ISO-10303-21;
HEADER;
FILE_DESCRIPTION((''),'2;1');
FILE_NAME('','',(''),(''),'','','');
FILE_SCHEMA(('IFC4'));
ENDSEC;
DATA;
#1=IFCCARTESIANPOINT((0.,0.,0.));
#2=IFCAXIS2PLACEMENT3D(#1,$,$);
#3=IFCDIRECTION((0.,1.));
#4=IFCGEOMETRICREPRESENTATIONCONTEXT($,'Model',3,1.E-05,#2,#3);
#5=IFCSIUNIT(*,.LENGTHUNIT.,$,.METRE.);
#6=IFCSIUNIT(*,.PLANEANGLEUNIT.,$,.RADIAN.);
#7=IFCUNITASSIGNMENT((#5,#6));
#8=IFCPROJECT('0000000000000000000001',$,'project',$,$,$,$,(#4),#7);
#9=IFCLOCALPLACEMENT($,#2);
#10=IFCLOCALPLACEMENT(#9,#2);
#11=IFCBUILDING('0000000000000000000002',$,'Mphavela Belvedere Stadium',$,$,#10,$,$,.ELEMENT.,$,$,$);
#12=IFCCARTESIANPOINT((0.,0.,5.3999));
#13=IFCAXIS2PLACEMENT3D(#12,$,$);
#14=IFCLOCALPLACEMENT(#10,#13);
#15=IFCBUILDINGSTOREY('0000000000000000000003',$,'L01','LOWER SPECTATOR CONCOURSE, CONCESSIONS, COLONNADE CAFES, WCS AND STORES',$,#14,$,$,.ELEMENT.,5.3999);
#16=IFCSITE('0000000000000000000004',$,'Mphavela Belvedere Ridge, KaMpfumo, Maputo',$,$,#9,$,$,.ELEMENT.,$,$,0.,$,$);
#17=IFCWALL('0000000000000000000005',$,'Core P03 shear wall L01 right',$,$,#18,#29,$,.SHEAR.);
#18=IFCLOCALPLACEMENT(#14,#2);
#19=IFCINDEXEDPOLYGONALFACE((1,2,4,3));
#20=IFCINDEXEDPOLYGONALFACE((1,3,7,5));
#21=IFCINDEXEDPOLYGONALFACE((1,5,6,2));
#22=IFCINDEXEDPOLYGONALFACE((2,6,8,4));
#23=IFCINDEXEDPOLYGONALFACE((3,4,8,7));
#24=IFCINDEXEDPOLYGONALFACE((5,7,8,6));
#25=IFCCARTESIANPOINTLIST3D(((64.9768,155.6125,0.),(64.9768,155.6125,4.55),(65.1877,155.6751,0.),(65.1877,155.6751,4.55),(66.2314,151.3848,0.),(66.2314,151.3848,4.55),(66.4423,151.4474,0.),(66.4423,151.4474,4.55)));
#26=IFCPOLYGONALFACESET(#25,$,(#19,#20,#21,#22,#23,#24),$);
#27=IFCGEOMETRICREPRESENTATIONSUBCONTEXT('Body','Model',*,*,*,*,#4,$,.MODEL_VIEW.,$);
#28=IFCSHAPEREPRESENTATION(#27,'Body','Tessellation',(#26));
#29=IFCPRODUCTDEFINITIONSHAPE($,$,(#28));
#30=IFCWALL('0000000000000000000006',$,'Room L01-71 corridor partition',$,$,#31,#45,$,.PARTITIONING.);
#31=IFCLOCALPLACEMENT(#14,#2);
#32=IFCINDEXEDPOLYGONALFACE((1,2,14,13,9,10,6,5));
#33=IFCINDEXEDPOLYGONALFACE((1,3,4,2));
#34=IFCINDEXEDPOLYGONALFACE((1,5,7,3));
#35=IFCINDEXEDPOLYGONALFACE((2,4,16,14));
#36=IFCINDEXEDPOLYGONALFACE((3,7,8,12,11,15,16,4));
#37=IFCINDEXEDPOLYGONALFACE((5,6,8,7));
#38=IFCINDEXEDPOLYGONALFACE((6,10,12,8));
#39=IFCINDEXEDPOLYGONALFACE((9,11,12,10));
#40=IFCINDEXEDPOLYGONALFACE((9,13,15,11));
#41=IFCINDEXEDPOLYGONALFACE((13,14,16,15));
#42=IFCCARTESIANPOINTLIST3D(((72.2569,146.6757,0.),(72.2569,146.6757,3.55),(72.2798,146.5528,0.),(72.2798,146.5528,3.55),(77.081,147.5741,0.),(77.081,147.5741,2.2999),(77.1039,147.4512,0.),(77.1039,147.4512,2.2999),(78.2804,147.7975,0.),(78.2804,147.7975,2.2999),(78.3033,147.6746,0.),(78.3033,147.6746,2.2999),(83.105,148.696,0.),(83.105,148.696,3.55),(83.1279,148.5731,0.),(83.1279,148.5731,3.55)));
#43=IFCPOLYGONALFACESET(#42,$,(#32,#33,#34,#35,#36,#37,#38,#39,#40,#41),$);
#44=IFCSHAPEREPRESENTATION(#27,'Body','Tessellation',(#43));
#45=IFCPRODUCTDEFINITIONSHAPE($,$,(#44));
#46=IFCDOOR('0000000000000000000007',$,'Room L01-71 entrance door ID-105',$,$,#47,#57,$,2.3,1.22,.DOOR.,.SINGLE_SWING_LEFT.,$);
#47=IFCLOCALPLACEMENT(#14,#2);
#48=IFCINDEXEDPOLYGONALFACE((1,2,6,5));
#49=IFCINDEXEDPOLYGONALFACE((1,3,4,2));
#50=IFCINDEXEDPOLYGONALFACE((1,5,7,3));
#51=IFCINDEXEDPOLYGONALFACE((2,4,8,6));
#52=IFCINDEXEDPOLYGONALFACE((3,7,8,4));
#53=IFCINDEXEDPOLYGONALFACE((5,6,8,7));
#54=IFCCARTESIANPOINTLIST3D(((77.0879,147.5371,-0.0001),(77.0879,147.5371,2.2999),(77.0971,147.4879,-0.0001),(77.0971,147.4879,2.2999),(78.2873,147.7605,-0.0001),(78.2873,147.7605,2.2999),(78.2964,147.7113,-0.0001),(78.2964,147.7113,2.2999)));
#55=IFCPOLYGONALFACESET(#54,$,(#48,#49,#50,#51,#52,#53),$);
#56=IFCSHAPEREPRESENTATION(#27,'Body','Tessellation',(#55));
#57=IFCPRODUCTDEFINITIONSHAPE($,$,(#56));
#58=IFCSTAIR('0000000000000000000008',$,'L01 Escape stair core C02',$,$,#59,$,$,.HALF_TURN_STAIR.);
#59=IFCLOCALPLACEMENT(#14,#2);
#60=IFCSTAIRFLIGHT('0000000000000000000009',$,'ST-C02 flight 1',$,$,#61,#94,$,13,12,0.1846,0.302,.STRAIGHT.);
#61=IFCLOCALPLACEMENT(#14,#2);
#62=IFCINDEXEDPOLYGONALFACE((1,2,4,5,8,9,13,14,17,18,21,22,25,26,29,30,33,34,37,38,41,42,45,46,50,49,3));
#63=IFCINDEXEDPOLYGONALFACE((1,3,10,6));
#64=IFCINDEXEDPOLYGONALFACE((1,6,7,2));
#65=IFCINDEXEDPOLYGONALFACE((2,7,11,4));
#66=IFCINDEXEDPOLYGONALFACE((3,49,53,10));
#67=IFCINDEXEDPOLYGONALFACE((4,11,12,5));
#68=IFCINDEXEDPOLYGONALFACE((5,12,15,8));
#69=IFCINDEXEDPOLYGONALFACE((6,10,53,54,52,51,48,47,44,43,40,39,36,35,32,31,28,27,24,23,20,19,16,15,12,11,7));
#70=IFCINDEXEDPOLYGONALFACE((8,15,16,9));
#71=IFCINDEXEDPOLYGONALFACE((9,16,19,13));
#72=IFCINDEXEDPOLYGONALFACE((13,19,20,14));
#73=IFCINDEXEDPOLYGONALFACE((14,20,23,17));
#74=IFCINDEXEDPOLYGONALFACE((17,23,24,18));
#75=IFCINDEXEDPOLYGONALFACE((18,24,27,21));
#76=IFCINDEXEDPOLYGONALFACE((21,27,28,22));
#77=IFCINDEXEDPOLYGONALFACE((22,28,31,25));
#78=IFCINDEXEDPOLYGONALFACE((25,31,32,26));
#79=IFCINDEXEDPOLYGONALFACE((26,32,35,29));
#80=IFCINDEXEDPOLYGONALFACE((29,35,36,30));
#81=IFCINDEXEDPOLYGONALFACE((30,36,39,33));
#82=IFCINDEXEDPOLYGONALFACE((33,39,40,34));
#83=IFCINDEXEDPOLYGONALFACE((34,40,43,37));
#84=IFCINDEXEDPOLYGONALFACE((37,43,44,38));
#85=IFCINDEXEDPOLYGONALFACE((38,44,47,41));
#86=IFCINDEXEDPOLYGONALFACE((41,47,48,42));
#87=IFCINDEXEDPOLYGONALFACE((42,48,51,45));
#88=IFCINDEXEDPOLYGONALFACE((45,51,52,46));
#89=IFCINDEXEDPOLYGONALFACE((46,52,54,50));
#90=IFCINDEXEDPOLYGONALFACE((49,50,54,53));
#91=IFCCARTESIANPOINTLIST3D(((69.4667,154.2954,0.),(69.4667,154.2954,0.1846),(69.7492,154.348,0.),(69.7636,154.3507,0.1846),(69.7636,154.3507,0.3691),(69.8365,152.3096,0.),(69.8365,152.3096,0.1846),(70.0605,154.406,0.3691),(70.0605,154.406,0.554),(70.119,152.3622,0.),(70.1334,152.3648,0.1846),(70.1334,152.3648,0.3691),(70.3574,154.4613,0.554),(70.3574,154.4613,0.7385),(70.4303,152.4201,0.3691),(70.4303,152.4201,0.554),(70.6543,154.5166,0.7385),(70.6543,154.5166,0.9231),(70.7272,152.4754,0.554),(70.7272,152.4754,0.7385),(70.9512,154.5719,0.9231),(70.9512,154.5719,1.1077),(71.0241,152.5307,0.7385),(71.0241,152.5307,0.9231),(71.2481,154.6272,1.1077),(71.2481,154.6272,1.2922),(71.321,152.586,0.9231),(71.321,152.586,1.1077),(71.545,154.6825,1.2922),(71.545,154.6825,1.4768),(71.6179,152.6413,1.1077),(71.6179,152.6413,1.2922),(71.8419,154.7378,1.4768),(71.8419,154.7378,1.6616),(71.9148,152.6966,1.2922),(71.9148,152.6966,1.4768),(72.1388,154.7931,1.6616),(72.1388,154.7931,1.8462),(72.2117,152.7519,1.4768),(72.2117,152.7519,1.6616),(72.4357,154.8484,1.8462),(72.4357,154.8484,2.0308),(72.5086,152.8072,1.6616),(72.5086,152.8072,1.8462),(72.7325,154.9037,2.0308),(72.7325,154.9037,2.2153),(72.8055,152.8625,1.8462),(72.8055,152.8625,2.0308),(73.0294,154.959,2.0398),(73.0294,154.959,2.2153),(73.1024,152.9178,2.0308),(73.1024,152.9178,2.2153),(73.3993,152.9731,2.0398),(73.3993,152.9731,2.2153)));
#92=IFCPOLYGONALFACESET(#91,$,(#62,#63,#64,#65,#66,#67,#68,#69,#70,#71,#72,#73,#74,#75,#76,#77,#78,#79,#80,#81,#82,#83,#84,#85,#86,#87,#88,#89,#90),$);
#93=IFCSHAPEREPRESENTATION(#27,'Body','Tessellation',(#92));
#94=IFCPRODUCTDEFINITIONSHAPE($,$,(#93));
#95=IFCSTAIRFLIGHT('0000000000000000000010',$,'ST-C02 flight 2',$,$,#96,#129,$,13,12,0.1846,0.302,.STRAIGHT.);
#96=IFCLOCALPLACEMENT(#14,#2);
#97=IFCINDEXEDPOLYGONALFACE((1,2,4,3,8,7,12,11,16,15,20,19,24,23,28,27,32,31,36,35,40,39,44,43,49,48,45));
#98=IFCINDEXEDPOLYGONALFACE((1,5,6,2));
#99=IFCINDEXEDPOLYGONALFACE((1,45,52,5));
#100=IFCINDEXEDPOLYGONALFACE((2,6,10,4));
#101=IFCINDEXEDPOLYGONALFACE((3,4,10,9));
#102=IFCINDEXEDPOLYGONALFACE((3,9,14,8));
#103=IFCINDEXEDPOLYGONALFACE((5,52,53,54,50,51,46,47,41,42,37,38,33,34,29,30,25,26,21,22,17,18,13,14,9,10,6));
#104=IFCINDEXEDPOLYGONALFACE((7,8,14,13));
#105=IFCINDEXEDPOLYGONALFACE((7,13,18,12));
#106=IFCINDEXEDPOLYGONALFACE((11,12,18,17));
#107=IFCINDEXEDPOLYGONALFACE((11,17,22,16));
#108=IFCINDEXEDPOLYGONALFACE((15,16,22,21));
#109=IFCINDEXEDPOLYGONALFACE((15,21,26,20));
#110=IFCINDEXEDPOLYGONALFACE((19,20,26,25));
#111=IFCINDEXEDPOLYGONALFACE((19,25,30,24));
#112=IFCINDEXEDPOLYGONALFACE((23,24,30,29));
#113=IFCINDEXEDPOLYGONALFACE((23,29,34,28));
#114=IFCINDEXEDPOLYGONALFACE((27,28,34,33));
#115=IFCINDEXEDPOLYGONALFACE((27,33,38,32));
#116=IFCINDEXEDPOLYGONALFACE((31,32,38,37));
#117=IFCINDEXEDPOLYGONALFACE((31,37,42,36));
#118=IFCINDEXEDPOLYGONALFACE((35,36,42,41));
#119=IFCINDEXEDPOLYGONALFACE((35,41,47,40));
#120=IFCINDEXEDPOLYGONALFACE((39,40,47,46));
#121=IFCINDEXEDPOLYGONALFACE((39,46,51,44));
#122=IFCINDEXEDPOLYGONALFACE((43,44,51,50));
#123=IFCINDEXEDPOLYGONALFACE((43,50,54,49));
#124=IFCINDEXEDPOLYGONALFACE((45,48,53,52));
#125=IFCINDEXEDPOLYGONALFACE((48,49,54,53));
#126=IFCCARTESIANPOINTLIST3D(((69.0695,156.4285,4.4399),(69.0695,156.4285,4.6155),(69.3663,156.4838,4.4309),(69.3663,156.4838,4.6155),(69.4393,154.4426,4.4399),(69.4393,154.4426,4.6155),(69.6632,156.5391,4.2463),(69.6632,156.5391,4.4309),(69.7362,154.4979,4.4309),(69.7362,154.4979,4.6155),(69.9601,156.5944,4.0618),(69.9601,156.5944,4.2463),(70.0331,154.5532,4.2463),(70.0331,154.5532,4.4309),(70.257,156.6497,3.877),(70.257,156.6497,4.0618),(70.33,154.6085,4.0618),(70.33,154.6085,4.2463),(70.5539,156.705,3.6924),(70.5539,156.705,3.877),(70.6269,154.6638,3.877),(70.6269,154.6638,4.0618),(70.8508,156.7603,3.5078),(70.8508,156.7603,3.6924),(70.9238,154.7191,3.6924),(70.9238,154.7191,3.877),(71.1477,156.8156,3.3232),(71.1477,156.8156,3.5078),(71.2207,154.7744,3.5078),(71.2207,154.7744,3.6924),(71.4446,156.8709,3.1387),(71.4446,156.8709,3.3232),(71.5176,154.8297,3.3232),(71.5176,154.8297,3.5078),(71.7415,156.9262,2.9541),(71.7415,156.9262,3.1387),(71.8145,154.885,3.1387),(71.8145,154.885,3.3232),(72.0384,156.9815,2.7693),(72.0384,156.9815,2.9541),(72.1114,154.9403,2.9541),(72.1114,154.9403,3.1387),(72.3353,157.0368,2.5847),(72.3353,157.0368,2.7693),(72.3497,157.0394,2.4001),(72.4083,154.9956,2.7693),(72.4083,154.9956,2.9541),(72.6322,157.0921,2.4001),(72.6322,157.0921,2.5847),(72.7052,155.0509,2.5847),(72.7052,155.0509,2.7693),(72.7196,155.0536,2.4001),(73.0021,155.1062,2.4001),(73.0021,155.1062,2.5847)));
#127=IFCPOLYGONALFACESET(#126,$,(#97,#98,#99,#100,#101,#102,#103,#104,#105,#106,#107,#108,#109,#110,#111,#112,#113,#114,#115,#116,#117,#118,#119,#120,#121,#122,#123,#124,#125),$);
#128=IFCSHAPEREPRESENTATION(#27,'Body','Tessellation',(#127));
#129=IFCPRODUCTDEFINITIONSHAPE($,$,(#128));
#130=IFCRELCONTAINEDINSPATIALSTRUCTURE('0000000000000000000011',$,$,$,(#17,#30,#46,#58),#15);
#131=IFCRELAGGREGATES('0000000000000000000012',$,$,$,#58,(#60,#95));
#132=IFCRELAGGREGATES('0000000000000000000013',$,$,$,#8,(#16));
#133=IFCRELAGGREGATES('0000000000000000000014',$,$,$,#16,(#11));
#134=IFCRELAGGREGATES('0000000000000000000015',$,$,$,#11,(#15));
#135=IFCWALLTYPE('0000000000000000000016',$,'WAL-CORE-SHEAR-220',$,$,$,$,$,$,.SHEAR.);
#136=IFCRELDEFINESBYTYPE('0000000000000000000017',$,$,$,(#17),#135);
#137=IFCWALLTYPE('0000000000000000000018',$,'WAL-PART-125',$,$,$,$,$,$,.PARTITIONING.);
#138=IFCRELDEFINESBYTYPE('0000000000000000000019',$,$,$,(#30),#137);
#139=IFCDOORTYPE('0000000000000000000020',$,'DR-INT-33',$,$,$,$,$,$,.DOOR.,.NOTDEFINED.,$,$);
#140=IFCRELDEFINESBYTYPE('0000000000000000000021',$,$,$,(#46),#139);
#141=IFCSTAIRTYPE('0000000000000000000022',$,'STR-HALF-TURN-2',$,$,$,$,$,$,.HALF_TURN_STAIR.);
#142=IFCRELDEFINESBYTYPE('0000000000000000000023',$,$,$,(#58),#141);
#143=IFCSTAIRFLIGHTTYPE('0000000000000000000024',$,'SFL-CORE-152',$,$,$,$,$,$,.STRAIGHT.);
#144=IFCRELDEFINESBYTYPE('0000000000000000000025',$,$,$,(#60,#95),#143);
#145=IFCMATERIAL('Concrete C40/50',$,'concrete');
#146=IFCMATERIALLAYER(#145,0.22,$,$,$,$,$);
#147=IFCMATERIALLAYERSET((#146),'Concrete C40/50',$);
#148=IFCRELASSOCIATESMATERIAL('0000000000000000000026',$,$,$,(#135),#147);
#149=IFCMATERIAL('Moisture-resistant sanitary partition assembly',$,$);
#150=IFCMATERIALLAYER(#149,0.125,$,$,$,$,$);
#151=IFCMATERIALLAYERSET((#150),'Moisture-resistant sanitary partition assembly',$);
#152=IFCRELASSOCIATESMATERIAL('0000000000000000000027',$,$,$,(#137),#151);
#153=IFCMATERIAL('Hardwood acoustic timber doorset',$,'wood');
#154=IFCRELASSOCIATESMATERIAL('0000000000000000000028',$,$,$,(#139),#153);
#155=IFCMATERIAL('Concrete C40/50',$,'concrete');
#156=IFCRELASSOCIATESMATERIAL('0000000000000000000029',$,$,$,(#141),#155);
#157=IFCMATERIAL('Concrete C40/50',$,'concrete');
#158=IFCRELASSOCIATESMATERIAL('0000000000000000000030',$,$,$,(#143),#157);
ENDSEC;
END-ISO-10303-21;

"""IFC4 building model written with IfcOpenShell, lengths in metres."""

from ifc_helpers import new_model, si_unit, direction, frame, frame_2d, origin, place, context, subcontext, project, spatial, polyline, rectangle, outline, extrude, material, layer, layer_set, type_object, element, fill, aggregate, save


model = new_model("IFC4")

# Units and contexts
model_context = context("Model", 3, precision=1e-05, world=origin(), true_north=direction((0.0, 1.0)))
body_context = subcontext(model_context, "Body", "Model", "MODEL_VIEW")
ifc_project = project(units=[si_unit("LENGTHUNIT", "METRE"), si_unit("PLANEANGLEUNIT", "RADIAN")], contexts=[model_context])

# Site, building, storey
site_placement = place(None, origin())
site = spatial("IfcSite", under=ifc_project, at=site_placement, Name="Mphavela Belvedere Ridge, KaMpfumo, Maputo", CompositionType="ELEMENT", RefElevation=0.0)
building_placement = place(site_placement, origin())
building = spatial("IfcBuilding", under=site, at=building_placement, Name="Mphavela Belvedere Stadium", CompositionType="ELEMENT")
storey_placement = place(building_placement, frame((0.0, 0.0, 5.3999)))
storey = spatial("IfcBuildingStorey", under=building, at=storey_placement, Name="L01", Description="LOWER SPECTATOR CONCOURSE, CONCESSIONS, COLONNADE CAFES, WCS AND STORES", CompositionType="ELEMENT", Elevation=5.3999)

# Shared definitions
ifc_material_1 = material(Name="Concrete C40/50", Category="concrete")
ifc_layer_1 = layer(ifc_material_1, 0.22)
ifc_layer_set_1 = layer_set([ifc_layer_1], Name="Concrete C40/50")
wall_type_1 = type_object("IfcWallType", Name="WAL-CORE-SHEAR-220", PredefinedType="SHEAR", material=ifc_layer_set_1)

# Wall
wall_1_placement = place(storey_placement, frame((66.3369, 151.416, 0.0), z_axis=(0.0, 0.0, 1.0), x_axis=(-0.284497, 0.958677, 0.0)))
element("IfcWall", 1, at=wall_1_placement, inside=storey, type_object=wall_type_1, Name="Core P03 shear wall L01 right", PredefinedType="SHEAR", context=body_context, shape_type="SweptSolid", body=[
    extrude(rectangle(XDim=4.4099, YDim=0.22, at=frame_2d((2.2051, 0.0))), origin(), (0.0, 0.0, 1.0), 4.55),
])

# Wall, opening, door
ifc_material_2 = material(Name="Moisture-resistant sanitary partition assembly")
ifc_layer_2 = layer(ifc_material_2, 0.125)
ifc_layer_set_2 = layer_set([ifc_layer_2], Name="Moisture-resistant sanitary partition assembly")
wall_type_2 = type_object("IfcWallType", Name="WAL-PART-125", PredefinedType="PARTITIONING", material=ifc_layer_set_2)
wall_2_placement = place(storey_placement, frame((72.2683, 146.6143, 0.0), z_axis=(0.0, 0.0, 1.0), x_axis=(0.983097, 0.183083, 0.0)))
wall_2 = element("IfcWall", 2, at=wall_2_placement, inside=storey, type_object=wall_type_2, Name="Room L01-71 corridor partition", PredefinedType="PARTITIONING", context=body_context, shape_type="SweptSolid", body=[
    extrude(rectangle(XDim=11.0347, YDim=0.125, at=frame_2d((5.5173, 0.0))), origin(), (0.0, 0.0, 1.0), 3.55),
])
opening_1_placement = place(wall_2_placement, frame((4.9072, 0.0, 0.0)))
opening_1 = element("IfcOpeningElement", 3, at=opening_1_placement, cuts=wall_2, PredefinedType="OPENING", context=body_context, shape_type="SweptSolid", body=[
    extrude(rectangle(XDim=1.22, YDim=2.3, at=frame_2d((0.6099, 1.1499))), frame((0.0, 0.0725, 0.0), z_axis=(0.0, -1.0, 0.0), x_axis=(1.0, 0.0, 0.0)), (0.0, 0.0, 1.0), 0.145),
])
ifc_material_3 = material(Name="Hardwood acoustic timber doorset", Category="wood")
door_type_1 = type_object("IfcDoorType", Name="DR-INT-33", OperationType="NOTDEFINED", PredefinedType="DOOR", material=ifc_material_3)
door_1_placement = place(opening_1_placement, origin())
door_1 = element("IfcDoor", 4, at=door_1_placement, inside=storey, type_object=door_type_1, Name="Room L01-71 entrance door ID-105", OperationType="SINGLE_SWING_LEFT", OverallHeight=2.3, OverallWidth=1.22, PredefinedType="DOOR", context=body_context, shape_type="SweptSolid", body=[
    extrude(rectangle(XDim=1.22, YDim=2.3, at=frame_2d((0.6099, 1.1499))), frame((0.0, 0.0249, 0.0), z_axis=(0.0, -1.0, 0.0), x_axis=(1.0, 0.0, 0.0)), (0.0, 0.0, 1.0), 0.05),
])
fill(opening_1, door_1)

# Stair, stair flights
ifc_material_4 = material(Name="Concrete C40/50", Category="concrete")
stair_type = type_object("IfcStairType", Name="STR-HALF-TURN-2", PredefinedType="HALF_TURN_STAIR", material=ifc_material_4)
stair_placement = place(storey_placement, origin())
stair = element("IfcStair", 5, at=stair_placement, inside=storey, type_object=stair_type, Name="L01 Escape stair core C02", PredefinedType="HALF_TURN_STAIR")
ifc_material_5 = material(Name="Concrete C40/50", Category="concrete")
stair_flight_type = type_object("IfcStairFlightType", Name="SFL-CORE-152", PredefinedType="STRAIGHT", material=ifc_material_5)
stair_flight_1_placement = place(storey_placement, frame((69.6516, 153.3025, 0.0), z_axis=(0.0, 0.0, 1.0), x_axis=(0.983096, 0.183094, 0.0)))
stair_flight_1 = element("IfcStairFlight", 6, at=stair_flight_1_placement, type_object=stair_flight_type, Name="ST-C02 flight 1", NumberOfRisers=13, NumberOfTreads=12, PredefinedType="STRAIGHT", RiserHeight=0.1846, TreadLength=0.302, context=body_context, shape_type="SweptSolid", body=[
    extrude(outline(polyline([(0.0, 0.0), (0.0, 0.1846), (0.302, 0.1846), (0.302, 0.3691), (0.604, 0.3691), (0.604, 0.554), (0.906, 0.554), (0.906, 0.7385), (1.208, 0.7385), (1.208, 0.9231), (1.51, 0.9231), (1.51, 1.1077), (1.812, 1.1077), (1.812, 1.2922), (2.114, 1.2922), (2.114, 1.4768), (2.416, 1.4768), (2.416, 1.6616), (2.718, 1.6616), (2.718, 1.8462), (3.02, 1.8462), (3.02, 2.0308), (3.322, 2.0308), (3.322, 2.2153), (3.624, 2.2153), (3.624, 2.3999), (3.624, 2.0398), (0.2874, 0.0), (0.0, 0.0)])), frame((0.0, 1.01, 0.0), z_axis=(0.0, -1.0, 0.0), x_axis=(1.0, 0.0, 0.0)), (0.0, 0.0, 1.0), 2.02),
])
stair_flight_2_placement = place(storey_placement, frame((72.8171, 156.0991, 2.4001), z_axis=(0.0, 0.0, 1.0), x_axis=(-0.983096, -0.183094, 0.0)))
stair_flight_2 = element("IfcStairFlight", 7, at=stair_flight_2_placement, type_object=stair_flight_type, Name="ST-C02 flight 2", NumberOfRisers=13, NumberOfTreads=12, PredefinedType="STRAIGHT", RiserHeight=0.1846, TreadLength=0.302, context=body_context, shape_type="SweptSolid", body=[
    extrude(outline(polyline([(0.0, 0.0), (0.0, 0.1846), (0.302, 0.1846), (0.302, 0.3691), (0.604, 0.3691), (0.604, 0.554), (0.906, 0.554), (0.906, 0.7385), (1.208, 0.7385), (1.208, 0.9231), (1.51, 0.9231), (1.51, 1.1077), (1.812, 1.1077), (1.812, 1.2922), (2.114, 1.2922), (2.114, 1.4768), (2.416, 1.4768), (2.416, 1.6616), (2.718, 1.6616), (2.718, 1.8462), (3.02, 1.8462), (3.02, 2.0308), (3.322, 2.0308), (3.322, 2.2153), (3.624, 2.2153), (3.624, 2.3999), (3.624, 2.0398), (0.2874, 0.0), (0.0, 0.0)])), frame((0.0, 1.01, 0.0), z_axis=(0.0, -1.0, 0.0), x_axis=(1.0, 0.0, 0.0)), (0.0, 0.0, 1.0), 2.02),
])
aggregate(stair, [stair_flight_1, stair_flight_2])

save(model, "model.ifc")
